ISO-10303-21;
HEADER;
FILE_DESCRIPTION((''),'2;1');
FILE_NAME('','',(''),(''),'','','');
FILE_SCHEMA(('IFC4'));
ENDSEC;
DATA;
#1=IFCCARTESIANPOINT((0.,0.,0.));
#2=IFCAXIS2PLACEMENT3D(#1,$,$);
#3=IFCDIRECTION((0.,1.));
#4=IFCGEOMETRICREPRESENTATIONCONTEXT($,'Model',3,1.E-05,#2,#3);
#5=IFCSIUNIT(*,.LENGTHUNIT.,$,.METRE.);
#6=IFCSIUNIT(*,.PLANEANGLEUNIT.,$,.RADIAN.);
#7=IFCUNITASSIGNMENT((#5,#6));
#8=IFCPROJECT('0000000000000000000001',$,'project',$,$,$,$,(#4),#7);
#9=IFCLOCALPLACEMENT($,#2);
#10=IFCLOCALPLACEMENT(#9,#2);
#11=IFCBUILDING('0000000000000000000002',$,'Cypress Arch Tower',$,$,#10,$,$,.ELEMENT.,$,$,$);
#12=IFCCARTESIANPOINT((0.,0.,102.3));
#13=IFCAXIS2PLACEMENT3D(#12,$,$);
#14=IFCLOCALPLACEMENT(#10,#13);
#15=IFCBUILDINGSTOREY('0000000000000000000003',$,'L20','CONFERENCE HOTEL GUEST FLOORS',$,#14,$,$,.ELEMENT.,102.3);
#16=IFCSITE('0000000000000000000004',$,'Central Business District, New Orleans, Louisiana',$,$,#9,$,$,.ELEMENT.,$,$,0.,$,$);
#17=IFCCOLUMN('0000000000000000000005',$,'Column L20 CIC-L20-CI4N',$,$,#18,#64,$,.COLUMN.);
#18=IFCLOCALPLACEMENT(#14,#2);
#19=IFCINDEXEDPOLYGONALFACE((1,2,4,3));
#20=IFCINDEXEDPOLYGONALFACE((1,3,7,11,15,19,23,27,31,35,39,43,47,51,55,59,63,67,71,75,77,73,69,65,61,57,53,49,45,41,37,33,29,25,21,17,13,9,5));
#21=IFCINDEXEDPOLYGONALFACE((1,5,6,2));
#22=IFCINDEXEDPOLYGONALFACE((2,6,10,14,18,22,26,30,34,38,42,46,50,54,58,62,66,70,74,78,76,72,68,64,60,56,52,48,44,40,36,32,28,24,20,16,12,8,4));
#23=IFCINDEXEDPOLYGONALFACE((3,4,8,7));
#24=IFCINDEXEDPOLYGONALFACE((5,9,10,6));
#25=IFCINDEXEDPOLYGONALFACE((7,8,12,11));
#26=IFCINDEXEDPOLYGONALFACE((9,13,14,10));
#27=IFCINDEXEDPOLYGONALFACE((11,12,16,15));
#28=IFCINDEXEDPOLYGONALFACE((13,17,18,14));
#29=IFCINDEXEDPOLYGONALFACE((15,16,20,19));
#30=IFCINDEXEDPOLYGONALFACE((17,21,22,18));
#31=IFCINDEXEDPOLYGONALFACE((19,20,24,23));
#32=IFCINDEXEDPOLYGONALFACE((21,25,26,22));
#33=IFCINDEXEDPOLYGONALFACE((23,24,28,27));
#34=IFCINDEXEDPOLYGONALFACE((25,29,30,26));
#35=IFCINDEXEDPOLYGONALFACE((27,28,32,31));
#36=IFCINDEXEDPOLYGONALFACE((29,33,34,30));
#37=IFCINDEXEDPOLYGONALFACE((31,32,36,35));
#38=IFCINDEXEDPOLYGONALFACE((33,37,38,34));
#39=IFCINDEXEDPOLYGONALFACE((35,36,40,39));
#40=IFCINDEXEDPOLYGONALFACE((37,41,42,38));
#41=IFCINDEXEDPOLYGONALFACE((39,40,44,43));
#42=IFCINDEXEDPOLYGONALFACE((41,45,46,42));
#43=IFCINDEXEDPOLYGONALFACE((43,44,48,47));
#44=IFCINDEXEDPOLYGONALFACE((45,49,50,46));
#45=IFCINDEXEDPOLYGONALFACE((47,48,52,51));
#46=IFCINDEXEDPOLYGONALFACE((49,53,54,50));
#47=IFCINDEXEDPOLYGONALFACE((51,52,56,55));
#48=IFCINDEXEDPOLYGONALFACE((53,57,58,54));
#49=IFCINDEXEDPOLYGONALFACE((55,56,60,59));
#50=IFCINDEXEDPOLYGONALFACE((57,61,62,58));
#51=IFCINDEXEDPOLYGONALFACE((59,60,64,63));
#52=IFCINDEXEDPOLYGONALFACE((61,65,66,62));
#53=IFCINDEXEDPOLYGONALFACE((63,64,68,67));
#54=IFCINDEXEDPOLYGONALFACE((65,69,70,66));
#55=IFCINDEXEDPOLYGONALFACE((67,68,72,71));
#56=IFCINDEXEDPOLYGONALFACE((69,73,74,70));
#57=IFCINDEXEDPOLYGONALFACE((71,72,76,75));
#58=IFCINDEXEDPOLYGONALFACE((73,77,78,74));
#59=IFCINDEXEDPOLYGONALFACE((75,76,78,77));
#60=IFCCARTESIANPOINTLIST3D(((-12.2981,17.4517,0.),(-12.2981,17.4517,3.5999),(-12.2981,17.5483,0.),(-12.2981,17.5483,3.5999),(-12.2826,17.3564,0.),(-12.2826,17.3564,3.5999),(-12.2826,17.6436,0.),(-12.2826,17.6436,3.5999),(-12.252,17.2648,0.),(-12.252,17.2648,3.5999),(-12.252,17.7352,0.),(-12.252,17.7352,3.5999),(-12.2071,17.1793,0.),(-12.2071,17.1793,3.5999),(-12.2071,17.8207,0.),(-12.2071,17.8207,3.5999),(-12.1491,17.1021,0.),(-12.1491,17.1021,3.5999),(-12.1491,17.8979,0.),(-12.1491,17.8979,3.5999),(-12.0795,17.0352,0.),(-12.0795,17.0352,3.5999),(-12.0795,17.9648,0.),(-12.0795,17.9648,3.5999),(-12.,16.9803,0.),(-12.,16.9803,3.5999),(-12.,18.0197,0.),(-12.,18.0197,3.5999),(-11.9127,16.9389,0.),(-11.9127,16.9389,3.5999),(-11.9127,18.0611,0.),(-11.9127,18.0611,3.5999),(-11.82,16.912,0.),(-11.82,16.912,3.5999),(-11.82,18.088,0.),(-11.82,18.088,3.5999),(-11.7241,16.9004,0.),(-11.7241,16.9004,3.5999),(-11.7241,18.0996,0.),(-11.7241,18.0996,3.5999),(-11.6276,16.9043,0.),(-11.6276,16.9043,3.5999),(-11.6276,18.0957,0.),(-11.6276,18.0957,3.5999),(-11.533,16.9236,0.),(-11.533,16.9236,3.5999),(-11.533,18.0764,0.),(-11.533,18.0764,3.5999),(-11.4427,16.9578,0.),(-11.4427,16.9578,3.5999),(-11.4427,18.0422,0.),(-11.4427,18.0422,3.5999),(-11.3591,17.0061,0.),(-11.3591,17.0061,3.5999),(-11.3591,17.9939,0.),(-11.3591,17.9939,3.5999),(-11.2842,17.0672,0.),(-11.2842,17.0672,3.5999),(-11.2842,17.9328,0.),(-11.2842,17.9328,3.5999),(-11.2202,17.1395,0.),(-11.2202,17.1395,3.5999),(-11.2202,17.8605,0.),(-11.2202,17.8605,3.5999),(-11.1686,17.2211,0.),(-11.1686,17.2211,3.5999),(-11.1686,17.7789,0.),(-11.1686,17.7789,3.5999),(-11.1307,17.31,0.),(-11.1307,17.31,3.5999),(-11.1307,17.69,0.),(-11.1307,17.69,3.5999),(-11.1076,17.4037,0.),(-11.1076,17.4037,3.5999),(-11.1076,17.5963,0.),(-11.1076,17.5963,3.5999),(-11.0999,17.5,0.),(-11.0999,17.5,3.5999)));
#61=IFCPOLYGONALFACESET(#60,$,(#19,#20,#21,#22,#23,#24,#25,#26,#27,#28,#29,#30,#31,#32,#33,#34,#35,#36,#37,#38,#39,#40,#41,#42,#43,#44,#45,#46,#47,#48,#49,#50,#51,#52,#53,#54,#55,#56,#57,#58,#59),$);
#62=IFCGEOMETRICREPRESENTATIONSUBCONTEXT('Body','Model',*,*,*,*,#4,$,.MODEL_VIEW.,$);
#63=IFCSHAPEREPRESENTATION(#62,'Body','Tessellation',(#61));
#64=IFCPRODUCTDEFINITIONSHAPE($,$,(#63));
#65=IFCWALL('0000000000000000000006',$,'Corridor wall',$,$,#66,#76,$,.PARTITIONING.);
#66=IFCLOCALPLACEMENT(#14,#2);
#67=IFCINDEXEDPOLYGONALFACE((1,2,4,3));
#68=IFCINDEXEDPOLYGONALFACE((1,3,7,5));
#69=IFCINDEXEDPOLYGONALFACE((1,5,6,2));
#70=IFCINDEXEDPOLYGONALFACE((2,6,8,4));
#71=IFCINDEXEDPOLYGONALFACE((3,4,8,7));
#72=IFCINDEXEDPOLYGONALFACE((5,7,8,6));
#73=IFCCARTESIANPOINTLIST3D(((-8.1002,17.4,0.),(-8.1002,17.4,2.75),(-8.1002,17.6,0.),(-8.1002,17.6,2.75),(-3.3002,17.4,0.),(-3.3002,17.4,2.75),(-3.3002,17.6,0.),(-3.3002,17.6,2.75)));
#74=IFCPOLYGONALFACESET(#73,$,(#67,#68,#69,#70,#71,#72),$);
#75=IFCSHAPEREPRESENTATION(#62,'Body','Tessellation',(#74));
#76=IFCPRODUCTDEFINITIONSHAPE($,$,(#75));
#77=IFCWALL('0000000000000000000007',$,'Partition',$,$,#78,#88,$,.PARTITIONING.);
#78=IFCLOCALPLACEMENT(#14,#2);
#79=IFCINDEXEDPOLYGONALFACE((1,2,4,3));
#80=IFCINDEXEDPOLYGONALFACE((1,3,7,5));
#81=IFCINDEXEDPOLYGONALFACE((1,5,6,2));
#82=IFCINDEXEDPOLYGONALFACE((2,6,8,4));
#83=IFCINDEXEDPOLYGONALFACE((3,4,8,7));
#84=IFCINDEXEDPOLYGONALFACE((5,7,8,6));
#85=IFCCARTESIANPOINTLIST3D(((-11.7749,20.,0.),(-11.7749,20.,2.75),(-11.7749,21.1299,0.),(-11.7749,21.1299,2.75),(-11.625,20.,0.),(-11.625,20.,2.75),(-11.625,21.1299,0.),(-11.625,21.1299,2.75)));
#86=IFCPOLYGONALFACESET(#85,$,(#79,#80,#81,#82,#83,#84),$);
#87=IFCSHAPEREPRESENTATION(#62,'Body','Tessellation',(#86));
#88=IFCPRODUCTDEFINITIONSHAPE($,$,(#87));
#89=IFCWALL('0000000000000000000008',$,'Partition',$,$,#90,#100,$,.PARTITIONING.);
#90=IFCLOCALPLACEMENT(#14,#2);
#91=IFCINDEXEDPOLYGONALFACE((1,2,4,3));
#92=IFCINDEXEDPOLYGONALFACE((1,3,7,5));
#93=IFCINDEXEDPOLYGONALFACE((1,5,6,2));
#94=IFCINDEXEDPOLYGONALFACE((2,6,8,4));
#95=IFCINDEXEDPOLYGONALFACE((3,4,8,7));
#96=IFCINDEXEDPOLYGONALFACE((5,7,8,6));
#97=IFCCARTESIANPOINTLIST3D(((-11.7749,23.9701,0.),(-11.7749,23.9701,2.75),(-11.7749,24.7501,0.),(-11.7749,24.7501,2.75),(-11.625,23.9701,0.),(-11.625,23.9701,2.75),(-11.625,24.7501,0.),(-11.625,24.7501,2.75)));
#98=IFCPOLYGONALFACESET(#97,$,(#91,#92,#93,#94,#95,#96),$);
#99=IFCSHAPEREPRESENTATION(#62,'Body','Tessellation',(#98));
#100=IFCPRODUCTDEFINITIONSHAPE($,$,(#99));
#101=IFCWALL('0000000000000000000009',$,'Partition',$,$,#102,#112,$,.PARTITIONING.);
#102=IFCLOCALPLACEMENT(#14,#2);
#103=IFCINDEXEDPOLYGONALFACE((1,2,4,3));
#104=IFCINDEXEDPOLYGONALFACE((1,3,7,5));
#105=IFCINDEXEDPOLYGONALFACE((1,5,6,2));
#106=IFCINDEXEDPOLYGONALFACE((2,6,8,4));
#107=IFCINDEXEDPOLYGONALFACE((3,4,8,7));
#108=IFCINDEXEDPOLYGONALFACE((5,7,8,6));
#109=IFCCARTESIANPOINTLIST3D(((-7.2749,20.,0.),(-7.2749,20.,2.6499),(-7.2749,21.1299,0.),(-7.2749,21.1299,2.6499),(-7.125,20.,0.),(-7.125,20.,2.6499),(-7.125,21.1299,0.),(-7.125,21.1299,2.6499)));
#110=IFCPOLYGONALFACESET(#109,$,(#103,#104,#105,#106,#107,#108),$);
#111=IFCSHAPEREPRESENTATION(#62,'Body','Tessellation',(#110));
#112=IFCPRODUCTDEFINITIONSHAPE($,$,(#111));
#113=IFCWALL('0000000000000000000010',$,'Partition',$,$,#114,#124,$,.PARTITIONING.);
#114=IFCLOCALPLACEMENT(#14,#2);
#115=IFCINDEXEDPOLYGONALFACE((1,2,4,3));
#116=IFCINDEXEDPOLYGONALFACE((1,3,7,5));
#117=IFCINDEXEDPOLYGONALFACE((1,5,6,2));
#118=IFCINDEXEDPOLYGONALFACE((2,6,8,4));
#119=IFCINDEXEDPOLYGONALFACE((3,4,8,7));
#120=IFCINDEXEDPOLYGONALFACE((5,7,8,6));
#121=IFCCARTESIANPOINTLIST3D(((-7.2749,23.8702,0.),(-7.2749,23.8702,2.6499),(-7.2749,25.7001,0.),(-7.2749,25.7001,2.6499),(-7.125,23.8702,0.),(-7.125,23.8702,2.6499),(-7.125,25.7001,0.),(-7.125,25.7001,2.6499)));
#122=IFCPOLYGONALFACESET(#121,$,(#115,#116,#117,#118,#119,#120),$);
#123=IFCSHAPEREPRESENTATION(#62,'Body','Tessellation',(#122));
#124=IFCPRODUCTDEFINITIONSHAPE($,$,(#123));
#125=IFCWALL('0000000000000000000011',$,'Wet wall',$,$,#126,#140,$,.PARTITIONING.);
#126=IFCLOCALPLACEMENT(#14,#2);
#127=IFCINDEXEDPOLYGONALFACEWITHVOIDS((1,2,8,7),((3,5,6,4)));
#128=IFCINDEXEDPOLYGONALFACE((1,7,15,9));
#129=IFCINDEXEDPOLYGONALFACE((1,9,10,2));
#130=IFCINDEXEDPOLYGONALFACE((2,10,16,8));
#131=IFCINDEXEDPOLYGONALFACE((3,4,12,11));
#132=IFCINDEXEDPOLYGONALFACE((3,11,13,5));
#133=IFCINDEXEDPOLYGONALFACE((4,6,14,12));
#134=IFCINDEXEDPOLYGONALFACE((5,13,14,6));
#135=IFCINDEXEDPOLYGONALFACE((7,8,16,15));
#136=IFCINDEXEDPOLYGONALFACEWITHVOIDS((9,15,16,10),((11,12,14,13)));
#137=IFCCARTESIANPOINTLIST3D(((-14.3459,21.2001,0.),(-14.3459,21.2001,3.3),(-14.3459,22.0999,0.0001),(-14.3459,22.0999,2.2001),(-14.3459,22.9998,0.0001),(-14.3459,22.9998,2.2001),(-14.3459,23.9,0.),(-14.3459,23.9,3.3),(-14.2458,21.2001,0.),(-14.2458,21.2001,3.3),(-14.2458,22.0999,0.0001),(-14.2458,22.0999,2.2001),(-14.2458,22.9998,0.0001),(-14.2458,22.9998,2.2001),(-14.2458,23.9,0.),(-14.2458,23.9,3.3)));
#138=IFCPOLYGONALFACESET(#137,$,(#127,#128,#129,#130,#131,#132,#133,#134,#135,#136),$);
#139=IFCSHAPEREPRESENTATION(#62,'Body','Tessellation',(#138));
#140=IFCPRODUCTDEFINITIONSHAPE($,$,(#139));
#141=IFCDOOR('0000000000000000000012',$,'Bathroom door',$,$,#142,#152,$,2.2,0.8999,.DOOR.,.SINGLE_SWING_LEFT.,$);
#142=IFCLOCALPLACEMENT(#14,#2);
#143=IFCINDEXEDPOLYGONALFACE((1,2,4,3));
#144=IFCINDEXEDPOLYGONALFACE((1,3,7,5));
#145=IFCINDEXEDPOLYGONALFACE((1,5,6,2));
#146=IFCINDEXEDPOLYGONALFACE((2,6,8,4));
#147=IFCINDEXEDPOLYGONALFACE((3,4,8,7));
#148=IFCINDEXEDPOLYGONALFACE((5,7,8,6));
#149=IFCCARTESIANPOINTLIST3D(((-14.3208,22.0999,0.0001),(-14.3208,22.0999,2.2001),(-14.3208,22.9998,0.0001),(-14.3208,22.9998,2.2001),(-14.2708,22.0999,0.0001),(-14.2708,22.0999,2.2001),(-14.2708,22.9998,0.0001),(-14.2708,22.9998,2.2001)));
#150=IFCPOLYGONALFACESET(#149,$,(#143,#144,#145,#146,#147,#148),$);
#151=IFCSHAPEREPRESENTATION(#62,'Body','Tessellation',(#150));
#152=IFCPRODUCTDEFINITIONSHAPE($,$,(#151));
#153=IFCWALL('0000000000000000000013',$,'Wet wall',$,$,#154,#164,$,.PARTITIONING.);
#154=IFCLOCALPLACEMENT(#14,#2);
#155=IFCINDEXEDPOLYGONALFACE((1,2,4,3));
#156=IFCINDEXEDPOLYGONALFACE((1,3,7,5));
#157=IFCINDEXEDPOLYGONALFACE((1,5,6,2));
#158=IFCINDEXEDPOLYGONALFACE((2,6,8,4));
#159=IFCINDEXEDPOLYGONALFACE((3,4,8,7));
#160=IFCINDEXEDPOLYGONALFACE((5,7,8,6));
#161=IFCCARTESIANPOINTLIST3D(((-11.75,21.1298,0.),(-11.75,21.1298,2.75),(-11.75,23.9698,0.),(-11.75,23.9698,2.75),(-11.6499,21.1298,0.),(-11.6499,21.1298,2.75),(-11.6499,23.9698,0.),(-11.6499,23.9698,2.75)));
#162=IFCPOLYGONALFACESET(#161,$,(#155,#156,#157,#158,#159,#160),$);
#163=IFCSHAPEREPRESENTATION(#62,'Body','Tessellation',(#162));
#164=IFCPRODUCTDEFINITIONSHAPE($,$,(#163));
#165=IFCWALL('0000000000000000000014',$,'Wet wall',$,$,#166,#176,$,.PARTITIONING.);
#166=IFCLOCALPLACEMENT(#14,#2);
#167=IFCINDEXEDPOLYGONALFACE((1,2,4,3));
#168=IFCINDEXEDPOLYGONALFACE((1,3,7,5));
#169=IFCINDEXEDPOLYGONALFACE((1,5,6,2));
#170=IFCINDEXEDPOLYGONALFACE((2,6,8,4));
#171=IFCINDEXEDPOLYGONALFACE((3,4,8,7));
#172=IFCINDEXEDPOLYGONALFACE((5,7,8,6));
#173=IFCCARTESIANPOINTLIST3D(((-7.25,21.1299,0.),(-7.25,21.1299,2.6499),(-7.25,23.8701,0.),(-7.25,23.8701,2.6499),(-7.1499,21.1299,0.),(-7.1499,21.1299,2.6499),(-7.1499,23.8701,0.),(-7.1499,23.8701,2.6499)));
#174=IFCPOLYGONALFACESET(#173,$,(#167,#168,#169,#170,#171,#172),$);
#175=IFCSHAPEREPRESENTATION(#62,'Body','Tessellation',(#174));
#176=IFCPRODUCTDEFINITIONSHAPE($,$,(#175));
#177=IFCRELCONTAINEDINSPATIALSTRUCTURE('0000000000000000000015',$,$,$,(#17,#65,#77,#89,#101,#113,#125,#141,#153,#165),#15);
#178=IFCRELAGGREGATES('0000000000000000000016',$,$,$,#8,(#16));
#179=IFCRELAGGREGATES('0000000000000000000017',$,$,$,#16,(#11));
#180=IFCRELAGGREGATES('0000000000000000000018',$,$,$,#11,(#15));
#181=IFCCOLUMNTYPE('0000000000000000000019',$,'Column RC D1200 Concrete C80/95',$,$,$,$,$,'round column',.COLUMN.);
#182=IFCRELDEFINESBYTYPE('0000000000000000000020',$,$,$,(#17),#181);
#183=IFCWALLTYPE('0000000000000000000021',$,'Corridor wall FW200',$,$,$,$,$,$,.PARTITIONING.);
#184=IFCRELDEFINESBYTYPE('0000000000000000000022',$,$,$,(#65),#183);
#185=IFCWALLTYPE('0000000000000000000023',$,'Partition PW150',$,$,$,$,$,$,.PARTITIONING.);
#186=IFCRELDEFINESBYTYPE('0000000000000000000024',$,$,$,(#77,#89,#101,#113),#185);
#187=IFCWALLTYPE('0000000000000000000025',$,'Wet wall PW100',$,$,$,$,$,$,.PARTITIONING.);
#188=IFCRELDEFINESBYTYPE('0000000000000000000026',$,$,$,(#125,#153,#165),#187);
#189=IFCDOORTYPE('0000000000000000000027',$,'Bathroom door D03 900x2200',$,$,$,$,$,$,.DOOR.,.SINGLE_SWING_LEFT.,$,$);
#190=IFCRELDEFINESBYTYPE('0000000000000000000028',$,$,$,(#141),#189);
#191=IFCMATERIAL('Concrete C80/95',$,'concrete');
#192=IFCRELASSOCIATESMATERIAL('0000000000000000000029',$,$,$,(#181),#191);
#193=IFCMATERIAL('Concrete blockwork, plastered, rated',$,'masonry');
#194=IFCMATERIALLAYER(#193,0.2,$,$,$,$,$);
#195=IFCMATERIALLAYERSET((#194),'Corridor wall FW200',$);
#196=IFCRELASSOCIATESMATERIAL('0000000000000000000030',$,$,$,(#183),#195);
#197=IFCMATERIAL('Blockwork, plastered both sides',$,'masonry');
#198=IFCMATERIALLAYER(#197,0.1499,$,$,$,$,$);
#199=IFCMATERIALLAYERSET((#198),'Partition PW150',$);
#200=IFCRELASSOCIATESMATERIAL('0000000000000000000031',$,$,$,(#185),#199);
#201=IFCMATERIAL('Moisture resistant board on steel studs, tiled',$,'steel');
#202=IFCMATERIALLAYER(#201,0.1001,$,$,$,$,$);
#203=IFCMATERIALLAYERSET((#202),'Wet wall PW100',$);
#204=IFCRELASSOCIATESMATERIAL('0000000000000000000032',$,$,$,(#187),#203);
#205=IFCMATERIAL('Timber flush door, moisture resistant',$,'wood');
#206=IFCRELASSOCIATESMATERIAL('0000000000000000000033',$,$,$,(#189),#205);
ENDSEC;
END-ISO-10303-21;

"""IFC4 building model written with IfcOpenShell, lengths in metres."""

from ifc_helpers import new_model, si_unit, direction, frame, frame_2d, origin, origin_2d, place, context, subcontext, project, spatial, rectangle, circle, extrude, material, layer, layer_set, material_profile, profile_set, type_object, element, fill, save


model = new_model("IFC4")

# Units and contexts
model_context = context("Model", 3, precision=1e-05, world=origin(), true_north=direction((0.0, 1.0)))
body_context = subcontext(model_context, "Body", "Model", "MODEL_VIEW")
ifc_project = project(units=[si_unit("LENGTHUNIT", "METRE"), si_unit("PLANEANGLEUNIT", "RADIAN")], contexts=[model_context])

# Site, building, storey
site_placement = place(None, origin())
site = spatial("IfcSite", under=ifc_project, at=site_placement, Name="Central Business District, New Orleans, Louisiana", CompositionType="ELEMENT", RefElevation=0.0)
building_placement = place(site_placement, origin())
building = spatial("IfcBuilding", under=site, at=building_placement, Name="Cypress Arch Tower", CompositionType="ELEMENT")
storey_placement = place(building_placement, frame((0.0, 0.0, 102.3)))
storey = spatial("IfcBuildingStorey", under=building, at=storey_placement, Name="L20", Description="CONFERENCE HOTEL GUEST FLOORS", CompositionType="ELEMENT", Elevation=102.3)

# Column
ifc_material_1 = material(Name="Concrete C80/95", Category="concrete")
ifc_material_profile = material_profile(ifc_material_1, circle(Radius=0.6001, at=origin_2d()), Name="RC D1200")
ifc_profile_set = profile_set([ifc_material_profile], Name="Concrete C80/95")
column_type = type_object("IfcColumnType", Name="Column RC D1200 Concrete C80/95", ElementType="round column", PredefinedType="COLUMN", material=ifc_profile_set)
column_placement = place(storey_placement, frame((-11.7, 17.5, 0.0), z_axis=(0.0, 0.0, 1.0), x_axis=(1.0, 0.0, 0.0)))
element("IfcColumn", 1, at=column_placement, inside=storey, type_object=column_type, Name="Column L20 CIC-L20-CI4N", PredefinedType="COLUMN", context=body_context, shape_type="SweptSolid", body=[
    extrude(circle(Radius=0.6001, at=origin_2d()), origin(), (0.0, 0.0, 1.0), 3.5999),
])

# Walls
ifc_material_2 = material(Name="Concrete blockwork, plastered, rated", Category="masonry")
ifc_layer_1 = layer(ifc_material_2, 0.2)
ifc_layer_set_1 = layer_set([ifc_layer_1], Name="Corridor wall FW200")
wall_type_1 = type_object("IfcWallType", Name="Corridor wall FW200", PredefinedType="PARTITIONING", material=ifc_layer_set_1)
wall_1_placement = place(storey_placement, frame((-8.1001, 17.5, 0.0), z_axis=(0.0, 0.0, 1.0), x_axis=(1.0, 0.0, 0.0)))
element("IfcWall", 2, at=wall_1_placement, inside=storey, type_object=wall_type_1, Name="Corridor wall", PredefinedType="PARTITIONING", context=body_context, shape_type="SweptSolid", body=[
    extrude(rectangle(XDim=4.8, YDim=0.2, at=frame_2d((2.3999, 0.0))), origin(), (0.0, 0.0, 1.0), 2.75),
])
ifc_material_3 = material(Name="Blockwork, plastered both sides", Category="masonry")
ifc_layer_2 = layer(ifc_material_3, 0.1499)
ifc_layer_set_2 = layer_set([ifc_layer_2], Name="Partition PW150")
wall_type_2 = type_object("IfcWallType", Name="Partition PW150", PredefinedType="PARTITIONING", material=ifc_layer_set_2)
wall_2_placement = place(storey_placement, frame((-11.7, 20.0, 0.0), z_axis=(0.0, 0.0, 1.0), x_axis=(0.0, 1.0, 0.0)))
element("IfcWall", 3, at=wall_2_placement, inside=storey, type_object=wall_type_2, Name="Partition", PredefinedType="PARTITIONING", context=body_context, shape_type="SweptSolid", body=[
    extrude(rectangle(XDim=1.1299, YDim=0.1499, at=frame_2d((0.5649, 0.0))), origin(), (0.0, 0.0, 1.0), 2.75),
])
wall_3_placement = place(storey_placement, frame((-11.7, 23.97, 0.0), z_axis=(0.0, 0.0, 1.0), x_axis=(0.0, 1.0, 0.0)))
element("IfcWall", 4, at=wall_3_placement, inside=storey, type_object=wall_type_2, Name="Partition", PredefinedType="PARTITIONING", context=body_context, shape_type="SweptSolid", body=[
    extrude(rectangle(XDim=0.78, YDim=0.1499, at=frame_2d((0.3901, 0.0))), origin(), (0.0, 0.0, 1.0), 2.75),
])
wall_4_placement = place(storey_placement, frame((-7.2, 20.0, 0.0), z_axis=(0.0, 0.0, 1.0), x_axis=(0.0, 1.0, 0.0)))
element("IfcWall", 5, at=wall_4_placement, inside=storey, type_object=wall_type_2, Name="Partition", PredefinedType="PARTITIONING", context=body_context, shape_type="SweptSolid", body=[
    extrude(rectangle(XDim=1.1299, YDim=0.1499, at=frame_2d((0.5649, 0.0))), origin(), (0.0, 0.0, 1.0), 2.6499),
])
wall_5_placement = place(storey_placement, frame((-7.2, 23.8701, 0.0), z_axis=(0.0, 0.0, 1.0), x_axis=(0.0, 1.0, 0.0)))
element("IfcWall", 6, at=wall_5_placement, inside=storey, type_object=wall_type_2, Name="Partition", PredefinedType="PARTITIONING", context=body_context, shape_type="SweptSolid", body=[
    extrude(rectangle(XDim=1.8298, YDim=0.1499, at=frame_2d((0.915, 0.0))), origin(), (0.0, 0.0, 1.0), 2.6499),
])

# Wall, opening, door
ifc_material_4 = material(Name="Moisture resistant board on steel studs, tiled", Category="steel")
ifc_layer_3 = layer(ifc_material_4, 0.1001)
ifc_layer_set_3 = layer_set([ifc_layer_3], Name="Wet wall PW100")
wall_type_3 = type_object("IfcWallType", Name="Wet wall PW100", PredefinedType="PARTITIONING", material=ifc_layer_set_3)
wall_6_placement = place(storey_placement, frame((-14.2959, 21.2, 0.0), z_axis=(0.0, 0.0, 1.0), x_axis=(0.0, 1.0, 0.0)))
wall_6 = element("IfcWall", 7, at=wall_6_placement, inside=storey, type_object=wall_type_3, Name="Wet wall", PredefinedType="PARTITIONING", context=body_context, shape_type="SweptSolid", body=[
    extrude(rectangle(XDim=2.7, YDim=0.1001, at=frame_2d((1.3501, 0.0))), origin(), (0.0, 0.0, 1.0), 3.3),
])
opening_1_placement = place(wall_6_placement, frame((0.8999, 0.0, 0.0)))
opening_1 = element("IfcOpeningElement", 8, at=opening_1_placement, cuts=wall_6, PredefinedType="OPENING", context=body_context, shape_type="SweptSolid", body=[
    extrude(rectangle(XDim=0.8999, YDim=2.2, at=frame_2d((0.45, 1.1001))), frame((0.0, 0.0601, 0.0), z_axis=(0.0, -1.0, 0.0), x_axis=(1.0, 0.0, 0.0)), (0.0, 0.0, 1.0), 0.1201),
])
ifc_material_5 = material(Name="Timber flush door, moisture resistant", Category="wood")
door_type = type_object("IfcDoorType", Name="Bathroom door D03 900x2200", OperationType="SINGLE_SWING_LEFT", PredefinedType="DOOR", material=ifc_material_5)
door_1_placement = place(opening_1_placement, origin())
door_1 = element("IfcDoor", 9, at=door_1_placement, inside=storey, type_object=door_type, Name="Bathroom door", OperationType="SINGLE_SWING_LEFT", OverallHeight=2.2, OverallWidth=0.8999, PredefinedType="DOOR", context=body_context, shape_type="SweptSolid", body=[
    extrude(rectangle(XDim=0.8999, YDim=2.2, at=frame_2d((0.45, 1.1001))), frame((0.0, 0.0249, 0.0), z_axis=(0.0, -1.0, 0.0), x_axis=(1.0, 0.0, 0.0)), (0.0, 0.0, 1.0), 0.05),
])
fill(opening_1, door_1)

# Walls
wall_7_placement = place(storey_placement, frame((-11.7, 21.1299, 0.0), z_axis=(0.0, 0.0, 1.0), x_axis=(0.0, 1.0, 0.0)))
element("IfcWall", 10, at=wall_7_placement, inside=storey, type_object=wall_type_3, Name="Wet wall", PredefinedType="PARTITIONING", context=body_context, shape_type="SweptSolid", body=[
    extrude(rectangle(XDim=2.8401, YDim=0.1001, at=frame_2d((1.4199, 0.0))), origin(), (0.0, 0.0, 1.0), 2.75),
])
wall_8_placement = place(storey_placement, frame((-7.2, 21.1299, 0.0), z_axis=(0.0, 0.0, 1.0), x_axis=(0.0, 1.0, 0.0)))
element("IfcWall", 11, at=wall_8_placement, inside=storey, type_object=wall_type_3, Name="Wet wall", PredefinedType="PARTITIONING", context=body_context, shape_type="SweptSolid", body=[
    extrude(rectangle(XDim=2.7402, YDim=0.1001, at=frame_2d((1.3701, 0.0))), origin(), (0.0, 0.0, 1.0), 2.6499),
])

save(model, "model.ifc")
